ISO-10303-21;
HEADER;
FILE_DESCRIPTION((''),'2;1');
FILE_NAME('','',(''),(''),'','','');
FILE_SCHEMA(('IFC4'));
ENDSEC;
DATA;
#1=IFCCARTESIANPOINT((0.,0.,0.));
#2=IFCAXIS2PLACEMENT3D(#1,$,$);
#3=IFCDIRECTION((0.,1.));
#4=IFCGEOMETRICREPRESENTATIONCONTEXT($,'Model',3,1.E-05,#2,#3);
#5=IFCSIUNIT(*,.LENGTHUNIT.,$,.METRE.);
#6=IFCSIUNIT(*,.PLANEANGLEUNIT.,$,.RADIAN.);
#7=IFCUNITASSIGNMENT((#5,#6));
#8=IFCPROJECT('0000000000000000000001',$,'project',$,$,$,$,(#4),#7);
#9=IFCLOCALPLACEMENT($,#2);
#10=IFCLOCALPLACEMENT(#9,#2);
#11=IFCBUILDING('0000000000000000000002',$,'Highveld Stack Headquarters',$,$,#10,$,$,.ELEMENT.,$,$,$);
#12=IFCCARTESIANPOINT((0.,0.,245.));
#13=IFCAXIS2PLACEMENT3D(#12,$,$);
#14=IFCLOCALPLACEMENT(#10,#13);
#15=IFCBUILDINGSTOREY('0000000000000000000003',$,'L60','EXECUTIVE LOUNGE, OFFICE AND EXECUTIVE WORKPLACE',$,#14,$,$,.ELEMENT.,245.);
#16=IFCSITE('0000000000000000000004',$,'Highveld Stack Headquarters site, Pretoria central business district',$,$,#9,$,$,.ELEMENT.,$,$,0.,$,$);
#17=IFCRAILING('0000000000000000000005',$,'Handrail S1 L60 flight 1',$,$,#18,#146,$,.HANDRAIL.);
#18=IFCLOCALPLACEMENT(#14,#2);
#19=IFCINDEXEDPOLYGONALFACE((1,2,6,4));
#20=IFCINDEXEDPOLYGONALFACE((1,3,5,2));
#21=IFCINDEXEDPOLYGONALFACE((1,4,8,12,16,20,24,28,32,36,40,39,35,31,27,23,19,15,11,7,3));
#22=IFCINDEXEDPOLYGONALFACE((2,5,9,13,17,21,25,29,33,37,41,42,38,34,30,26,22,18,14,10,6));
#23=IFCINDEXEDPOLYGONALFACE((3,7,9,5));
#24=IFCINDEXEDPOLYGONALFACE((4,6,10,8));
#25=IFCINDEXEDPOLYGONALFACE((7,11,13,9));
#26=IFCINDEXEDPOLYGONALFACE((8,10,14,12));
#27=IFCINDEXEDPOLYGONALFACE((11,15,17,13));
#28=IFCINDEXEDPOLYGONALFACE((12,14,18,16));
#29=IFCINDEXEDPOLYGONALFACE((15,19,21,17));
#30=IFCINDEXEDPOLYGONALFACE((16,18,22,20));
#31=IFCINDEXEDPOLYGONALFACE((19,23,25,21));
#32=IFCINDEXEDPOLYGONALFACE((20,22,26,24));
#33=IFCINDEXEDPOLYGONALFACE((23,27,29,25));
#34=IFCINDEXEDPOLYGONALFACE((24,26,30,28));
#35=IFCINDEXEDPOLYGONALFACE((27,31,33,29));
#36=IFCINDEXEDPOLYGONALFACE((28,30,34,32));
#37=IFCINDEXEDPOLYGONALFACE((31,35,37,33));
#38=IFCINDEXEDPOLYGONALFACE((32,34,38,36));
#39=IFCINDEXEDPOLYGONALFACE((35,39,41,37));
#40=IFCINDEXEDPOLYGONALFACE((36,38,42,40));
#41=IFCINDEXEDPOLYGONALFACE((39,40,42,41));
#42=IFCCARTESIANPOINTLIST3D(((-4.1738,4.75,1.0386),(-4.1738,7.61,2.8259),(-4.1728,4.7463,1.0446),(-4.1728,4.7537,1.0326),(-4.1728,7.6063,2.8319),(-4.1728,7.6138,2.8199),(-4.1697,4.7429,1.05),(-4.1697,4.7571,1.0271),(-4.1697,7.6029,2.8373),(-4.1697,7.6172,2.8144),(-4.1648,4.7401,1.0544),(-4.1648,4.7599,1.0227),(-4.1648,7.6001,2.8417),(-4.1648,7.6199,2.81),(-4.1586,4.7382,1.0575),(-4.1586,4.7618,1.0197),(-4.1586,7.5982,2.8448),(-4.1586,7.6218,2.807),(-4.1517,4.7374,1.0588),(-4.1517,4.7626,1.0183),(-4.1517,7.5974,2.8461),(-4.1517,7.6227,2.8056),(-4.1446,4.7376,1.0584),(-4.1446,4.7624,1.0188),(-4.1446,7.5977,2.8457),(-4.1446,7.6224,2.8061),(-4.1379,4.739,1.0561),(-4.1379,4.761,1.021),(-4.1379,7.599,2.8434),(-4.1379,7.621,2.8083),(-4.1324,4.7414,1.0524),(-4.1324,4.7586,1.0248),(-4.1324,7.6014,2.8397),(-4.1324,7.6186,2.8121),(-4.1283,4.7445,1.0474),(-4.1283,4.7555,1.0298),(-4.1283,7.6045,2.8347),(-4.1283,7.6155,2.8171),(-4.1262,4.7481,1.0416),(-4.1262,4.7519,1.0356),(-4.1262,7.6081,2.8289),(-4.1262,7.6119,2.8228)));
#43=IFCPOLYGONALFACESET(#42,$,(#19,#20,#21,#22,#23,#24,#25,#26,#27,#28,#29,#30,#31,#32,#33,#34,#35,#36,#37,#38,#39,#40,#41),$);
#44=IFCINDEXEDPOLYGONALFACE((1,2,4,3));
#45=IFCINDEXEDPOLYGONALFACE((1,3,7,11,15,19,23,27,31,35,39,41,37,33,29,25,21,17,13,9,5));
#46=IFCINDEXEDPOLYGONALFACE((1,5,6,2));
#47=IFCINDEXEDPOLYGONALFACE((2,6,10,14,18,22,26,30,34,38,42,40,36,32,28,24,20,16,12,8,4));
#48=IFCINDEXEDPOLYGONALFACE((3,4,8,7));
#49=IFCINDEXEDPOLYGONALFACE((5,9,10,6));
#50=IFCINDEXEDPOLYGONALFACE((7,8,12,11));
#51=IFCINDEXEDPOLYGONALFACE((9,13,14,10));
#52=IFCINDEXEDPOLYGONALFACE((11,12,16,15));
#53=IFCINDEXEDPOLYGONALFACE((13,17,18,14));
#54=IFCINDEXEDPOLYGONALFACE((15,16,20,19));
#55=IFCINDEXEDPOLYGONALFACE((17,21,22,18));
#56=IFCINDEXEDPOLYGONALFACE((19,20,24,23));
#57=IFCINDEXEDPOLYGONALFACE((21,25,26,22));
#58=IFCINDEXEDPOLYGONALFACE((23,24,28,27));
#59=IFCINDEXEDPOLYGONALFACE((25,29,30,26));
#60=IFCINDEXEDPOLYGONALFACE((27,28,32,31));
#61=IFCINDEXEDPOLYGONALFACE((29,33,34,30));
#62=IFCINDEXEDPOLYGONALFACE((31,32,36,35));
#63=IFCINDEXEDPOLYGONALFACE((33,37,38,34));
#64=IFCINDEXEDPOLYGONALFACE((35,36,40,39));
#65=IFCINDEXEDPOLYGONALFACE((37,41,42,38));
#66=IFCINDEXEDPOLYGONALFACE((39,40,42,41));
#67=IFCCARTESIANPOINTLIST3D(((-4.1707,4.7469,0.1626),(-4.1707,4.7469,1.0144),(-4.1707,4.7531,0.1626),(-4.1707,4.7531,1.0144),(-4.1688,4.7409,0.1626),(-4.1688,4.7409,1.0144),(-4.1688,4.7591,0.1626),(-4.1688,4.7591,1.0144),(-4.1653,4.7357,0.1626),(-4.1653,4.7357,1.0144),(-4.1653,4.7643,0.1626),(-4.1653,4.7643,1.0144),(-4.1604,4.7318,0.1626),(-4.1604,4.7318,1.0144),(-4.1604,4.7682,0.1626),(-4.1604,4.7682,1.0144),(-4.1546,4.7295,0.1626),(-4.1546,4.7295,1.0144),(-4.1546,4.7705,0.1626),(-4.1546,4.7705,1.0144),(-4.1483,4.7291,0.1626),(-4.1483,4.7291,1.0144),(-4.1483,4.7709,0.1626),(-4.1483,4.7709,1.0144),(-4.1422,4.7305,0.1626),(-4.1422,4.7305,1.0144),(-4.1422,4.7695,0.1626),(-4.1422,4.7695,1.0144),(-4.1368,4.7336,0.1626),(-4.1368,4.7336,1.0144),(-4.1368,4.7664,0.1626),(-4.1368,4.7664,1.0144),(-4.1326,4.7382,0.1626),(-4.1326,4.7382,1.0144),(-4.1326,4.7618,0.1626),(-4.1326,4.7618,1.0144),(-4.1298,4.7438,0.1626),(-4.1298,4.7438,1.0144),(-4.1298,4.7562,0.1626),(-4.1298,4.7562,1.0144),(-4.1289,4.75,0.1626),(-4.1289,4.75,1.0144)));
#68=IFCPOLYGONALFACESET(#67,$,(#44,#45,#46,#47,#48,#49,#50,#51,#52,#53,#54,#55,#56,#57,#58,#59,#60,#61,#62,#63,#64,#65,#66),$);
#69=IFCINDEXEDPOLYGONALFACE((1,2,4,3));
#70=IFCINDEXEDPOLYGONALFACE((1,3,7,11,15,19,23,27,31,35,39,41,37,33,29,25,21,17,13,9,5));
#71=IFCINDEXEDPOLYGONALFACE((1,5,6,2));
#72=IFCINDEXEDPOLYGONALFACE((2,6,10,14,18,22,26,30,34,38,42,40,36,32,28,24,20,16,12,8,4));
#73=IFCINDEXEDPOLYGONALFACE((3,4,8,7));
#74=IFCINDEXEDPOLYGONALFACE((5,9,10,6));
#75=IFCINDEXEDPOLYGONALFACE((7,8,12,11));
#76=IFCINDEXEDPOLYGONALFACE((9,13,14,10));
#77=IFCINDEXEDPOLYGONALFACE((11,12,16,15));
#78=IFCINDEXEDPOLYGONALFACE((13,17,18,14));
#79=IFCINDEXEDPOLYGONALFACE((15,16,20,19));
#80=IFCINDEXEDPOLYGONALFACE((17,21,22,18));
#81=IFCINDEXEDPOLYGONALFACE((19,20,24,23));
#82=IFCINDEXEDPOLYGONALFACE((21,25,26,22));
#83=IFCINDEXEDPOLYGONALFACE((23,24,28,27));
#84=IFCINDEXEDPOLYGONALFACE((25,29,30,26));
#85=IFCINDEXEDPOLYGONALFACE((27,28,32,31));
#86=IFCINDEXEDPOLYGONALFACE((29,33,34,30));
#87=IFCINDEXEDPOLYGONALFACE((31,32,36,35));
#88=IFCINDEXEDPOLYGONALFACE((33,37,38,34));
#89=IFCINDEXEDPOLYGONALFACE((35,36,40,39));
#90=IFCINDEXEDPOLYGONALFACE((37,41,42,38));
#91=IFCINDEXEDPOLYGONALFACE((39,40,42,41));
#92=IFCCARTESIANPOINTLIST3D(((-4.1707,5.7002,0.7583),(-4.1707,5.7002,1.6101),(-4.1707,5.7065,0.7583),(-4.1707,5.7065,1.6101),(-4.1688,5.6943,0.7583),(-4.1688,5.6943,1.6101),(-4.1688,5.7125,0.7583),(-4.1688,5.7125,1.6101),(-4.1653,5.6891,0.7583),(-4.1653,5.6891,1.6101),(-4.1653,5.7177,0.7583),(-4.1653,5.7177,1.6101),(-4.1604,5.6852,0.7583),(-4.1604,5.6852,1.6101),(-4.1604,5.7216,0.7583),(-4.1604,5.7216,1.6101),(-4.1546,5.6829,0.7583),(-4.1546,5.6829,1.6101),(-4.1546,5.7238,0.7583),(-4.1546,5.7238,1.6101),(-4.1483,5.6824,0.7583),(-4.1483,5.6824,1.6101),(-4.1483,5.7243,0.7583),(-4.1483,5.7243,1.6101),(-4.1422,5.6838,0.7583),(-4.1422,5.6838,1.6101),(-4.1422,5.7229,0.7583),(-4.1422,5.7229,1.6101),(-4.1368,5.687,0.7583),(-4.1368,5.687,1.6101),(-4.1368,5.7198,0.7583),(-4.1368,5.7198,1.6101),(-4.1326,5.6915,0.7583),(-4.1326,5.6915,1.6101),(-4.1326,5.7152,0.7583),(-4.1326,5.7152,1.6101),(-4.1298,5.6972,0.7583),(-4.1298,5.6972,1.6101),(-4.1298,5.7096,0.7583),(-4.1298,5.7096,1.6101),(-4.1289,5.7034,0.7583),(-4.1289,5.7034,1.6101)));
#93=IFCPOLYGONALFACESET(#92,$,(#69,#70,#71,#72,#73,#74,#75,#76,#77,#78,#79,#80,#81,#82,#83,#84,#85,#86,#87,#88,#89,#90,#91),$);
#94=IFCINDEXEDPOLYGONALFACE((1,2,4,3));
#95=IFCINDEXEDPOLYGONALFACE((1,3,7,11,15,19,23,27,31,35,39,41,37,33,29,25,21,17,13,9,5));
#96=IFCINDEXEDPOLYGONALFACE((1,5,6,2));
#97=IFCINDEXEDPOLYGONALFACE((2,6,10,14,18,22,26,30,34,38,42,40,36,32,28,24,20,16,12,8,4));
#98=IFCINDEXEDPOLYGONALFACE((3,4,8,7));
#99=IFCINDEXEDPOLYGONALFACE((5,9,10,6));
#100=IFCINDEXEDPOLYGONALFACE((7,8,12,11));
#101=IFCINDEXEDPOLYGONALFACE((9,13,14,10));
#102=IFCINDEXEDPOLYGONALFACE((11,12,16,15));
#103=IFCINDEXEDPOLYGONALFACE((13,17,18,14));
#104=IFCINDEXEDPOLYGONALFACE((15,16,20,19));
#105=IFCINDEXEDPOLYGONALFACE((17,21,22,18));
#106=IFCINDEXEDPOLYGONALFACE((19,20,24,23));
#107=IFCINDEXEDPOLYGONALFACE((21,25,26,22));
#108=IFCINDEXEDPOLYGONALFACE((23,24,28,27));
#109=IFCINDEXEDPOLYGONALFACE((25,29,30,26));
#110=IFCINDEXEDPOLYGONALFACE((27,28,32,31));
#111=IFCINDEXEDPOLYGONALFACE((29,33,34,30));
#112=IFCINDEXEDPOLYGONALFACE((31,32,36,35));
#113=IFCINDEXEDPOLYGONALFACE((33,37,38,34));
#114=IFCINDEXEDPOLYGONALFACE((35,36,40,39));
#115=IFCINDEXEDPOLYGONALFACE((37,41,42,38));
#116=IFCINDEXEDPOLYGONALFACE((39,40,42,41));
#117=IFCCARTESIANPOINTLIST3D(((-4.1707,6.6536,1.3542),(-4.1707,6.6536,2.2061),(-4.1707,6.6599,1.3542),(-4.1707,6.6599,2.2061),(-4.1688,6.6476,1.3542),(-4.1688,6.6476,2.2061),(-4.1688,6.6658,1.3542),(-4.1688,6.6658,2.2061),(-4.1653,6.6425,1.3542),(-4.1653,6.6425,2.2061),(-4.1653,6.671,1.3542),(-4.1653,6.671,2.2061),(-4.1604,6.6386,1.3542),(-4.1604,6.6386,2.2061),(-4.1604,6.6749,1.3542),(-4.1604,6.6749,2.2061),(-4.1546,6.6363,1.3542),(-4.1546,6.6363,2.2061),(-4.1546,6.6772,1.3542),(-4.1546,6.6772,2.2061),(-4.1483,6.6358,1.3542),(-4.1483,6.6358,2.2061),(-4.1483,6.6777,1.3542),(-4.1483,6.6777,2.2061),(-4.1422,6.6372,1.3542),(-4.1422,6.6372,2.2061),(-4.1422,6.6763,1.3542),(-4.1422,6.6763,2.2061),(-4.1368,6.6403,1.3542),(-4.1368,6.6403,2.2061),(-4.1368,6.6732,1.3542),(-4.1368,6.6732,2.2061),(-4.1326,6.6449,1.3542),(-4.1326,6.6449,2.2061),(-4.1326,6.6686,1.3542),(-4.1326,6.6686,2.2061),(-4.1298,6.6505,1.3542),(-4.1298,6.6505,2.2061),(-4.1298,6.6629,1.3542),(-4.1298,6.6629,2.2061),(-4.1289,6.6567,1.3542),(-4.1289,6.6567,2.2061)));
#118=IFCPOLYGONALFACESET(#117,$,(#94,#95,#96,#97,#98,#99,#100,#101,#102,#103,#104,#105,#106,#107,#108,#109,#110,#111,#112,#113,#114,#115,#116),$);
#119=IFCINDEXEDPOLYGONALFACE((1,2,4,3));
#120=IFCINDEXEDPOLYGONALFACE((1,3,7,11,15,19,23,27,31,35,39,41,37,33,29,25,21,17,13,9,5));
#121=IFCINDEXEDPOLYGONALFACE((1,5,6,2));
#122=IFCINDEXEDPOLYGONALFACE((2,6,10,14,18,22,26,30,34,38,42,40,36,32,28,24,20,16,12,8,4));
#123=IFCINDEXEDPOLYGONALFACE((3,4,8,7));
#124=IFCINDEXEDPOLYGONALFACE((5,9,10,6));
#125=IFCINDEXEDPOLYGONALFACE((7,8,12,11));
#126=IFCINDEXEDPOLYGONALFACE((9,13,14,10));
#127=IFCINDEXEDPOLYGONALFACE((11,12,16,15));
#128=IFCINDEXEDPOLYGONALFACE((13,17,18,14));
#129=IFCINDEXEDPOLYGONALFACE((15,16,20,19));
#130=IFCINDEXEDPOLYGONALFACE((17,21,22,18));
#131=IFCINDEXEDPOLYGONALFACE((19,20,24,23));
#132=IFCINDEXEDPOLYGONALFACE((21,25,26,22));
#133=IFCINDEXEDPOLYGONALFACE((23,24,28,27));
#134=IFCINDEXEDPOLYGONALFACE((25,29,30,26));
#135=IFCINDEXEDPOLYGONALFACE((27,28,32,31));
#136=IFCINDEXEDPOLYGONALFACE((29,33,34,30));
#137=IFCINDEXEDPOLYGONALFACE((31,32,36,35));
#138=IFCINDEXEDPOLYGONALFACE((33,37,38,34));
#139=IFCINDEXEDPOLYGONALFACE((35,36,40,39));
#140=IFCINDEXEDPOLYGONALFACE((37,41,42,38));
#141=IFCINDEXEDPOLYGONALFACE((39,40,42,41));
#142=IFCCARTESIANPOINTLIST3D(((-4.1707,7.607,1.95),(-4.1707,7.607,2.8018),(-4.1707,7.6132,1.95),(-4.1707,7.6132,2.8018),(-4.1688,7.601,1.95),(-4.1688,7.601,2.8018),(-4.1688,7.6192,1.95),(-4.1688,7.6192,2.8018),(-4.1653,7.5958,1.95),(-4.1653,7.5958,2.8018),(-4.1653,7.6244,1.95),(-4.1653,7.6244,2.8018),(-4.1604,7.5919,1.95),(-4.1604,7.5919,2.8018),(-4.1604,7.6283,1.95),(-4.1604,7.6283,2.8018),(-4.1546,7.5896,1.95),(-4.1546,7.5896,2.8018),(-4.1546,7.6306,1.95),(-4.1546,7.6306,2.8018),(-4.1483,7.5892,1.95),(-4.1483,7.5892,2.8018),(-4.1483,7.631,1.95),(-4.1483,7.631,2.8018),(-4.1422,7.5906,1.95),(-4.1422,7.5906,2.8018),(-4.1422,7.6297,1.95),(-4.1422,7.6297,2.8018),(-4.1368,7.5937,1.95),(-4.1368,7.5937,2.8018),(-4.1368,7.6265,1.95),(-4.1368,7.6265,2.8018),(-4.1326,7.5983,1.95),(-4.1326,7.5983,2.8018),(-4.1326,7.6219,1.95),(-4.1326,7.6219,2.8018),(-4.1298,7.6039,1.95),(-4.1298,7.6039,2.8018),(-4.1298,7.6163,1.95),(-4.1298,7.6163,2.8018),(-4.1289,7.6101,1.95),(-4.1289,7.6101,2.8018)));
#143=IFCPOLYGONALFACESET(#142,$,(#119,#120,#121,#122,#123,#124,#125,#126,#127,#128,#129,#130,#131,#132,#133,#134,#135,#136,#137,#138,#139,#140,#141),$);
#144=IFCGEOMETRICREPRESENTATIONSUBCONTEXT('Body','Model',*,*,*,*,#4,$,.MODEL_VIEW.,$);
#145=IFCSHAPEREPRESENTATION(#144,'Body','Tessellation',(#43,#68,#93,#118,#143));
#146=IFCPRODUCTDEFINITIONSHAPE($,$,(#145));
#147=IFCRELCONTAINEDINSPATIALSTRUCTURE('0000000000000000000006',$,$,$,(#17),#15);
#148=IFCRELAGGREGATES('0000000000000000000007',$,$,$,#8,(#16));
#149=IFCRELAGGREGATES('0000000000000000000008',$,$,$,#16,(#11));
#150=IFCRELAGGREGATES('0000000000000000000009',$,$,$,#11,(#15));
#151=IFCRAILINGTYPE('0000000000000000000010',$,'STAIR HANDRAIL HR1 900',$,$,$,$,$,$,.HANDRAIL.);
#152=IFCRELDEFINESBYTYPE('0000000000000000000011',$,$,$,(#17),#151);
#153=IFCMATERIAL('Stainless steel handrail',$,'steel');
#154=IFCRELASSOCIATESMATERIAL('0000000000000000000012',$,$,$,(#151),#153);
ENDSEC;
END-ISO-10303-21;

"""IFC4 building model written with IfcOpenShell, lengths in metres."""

from ifc_helpers import new_model, si_unit, direction, frame, origin, origin_2d, place, context, subcontext, project, spatial, circle, extrude, material, type_object, element, save


model = new_model("IFC4")

# Units and contexts
model_context = context("Model", 3, precision=1e-05, world=origin(), true_north=direction((0.0, 1.0)))
body_context = subcontext(model_context, "Body", "Model", "MODEL_VIEW")
ifc_project = project(units=[si_unit("LENGTHUNIT", "METRE"), si_unit("PLANEANGLEUNIT", "RADIAN")], contexts=[model_context])

# Site, building, storey
site_placement = place(None, origin())
site = spatial("IfcSite", under=ifc_project, at=site_placement, Name="Highveld Stack Headquarters site, Pretoria central business district", CompositionType="ELEMENT", RefElevation=0.0)
building_placement = place(site_placement, origin())
building = spatial("IfcBuilding", under=site, at=building_placement, Name="Highveld Stack Headquarters", CompositionType="ELEMENT")
storey_placement = place(building_placement, frame((0.0, 0.0, 245.0)))
storey = spatial("IfcBuildingStorey", under=building, at=storey_placement, Name="L60", Description="EXECUTIVE LOUNGE, OFFICE AND EXECUTIVE WORKPLACE", CompositionType="ELEMENT", Elevation=245.0)

# Railing
ifc_material_1 = material(Name="Stainless steel handrail", Category="steel")
railing_type = type_object("IfcRailingType", Name="STAIR HANDRAIL HR1 900", PredefinedType="HANDRAIL", material=ifc_material_1)
for number, where, name in (
    (1, (-4.1499, 4.75, 0.1626), "Handrail S1 L60 flight 1"),
):
    element("IfcRailing", number, at=place(storey_placement, frame(where)), inside=storey, type_object=railing_type, Name=name, PredefinedType="HANDRAIL", context=body_context, shape_type="SweptSolid", body=[
        extrude(circle(Radius=0.0239, at=origin_2d()), frame((0.0, 0.0, 0.876), z_axis=(0.0, 0.848027, 0.529953), x_axis=(-1.0, 0.0, 0.0)), (0.0, 0.0, 1.0), 3.3726),
        extrude(circle(Radius=0.021, at=origin_2d()), origin(), (0.0, 0.0, 1.0), 0.8518),
        extrude(circle(Radius=0.021, at=origin_2d()), frame((0.0, 0.9534, 0.5957)), (0.0, 0.0, 1.0), 0.8518),
        extrude(circle(Radius=0.021, at=origin_2d()), frame((0.0, 1.9067, 1.1917)), (0.0, 0.0, 1.0), 0.8518),
        extrude(circle(Radius=0.021, at=origin_2d()), frame((0.0, 2.8601, 1.7874)), (0.0, 0.0, 1.0), 0.8518),
    ])

save(model, "model.ifc")
